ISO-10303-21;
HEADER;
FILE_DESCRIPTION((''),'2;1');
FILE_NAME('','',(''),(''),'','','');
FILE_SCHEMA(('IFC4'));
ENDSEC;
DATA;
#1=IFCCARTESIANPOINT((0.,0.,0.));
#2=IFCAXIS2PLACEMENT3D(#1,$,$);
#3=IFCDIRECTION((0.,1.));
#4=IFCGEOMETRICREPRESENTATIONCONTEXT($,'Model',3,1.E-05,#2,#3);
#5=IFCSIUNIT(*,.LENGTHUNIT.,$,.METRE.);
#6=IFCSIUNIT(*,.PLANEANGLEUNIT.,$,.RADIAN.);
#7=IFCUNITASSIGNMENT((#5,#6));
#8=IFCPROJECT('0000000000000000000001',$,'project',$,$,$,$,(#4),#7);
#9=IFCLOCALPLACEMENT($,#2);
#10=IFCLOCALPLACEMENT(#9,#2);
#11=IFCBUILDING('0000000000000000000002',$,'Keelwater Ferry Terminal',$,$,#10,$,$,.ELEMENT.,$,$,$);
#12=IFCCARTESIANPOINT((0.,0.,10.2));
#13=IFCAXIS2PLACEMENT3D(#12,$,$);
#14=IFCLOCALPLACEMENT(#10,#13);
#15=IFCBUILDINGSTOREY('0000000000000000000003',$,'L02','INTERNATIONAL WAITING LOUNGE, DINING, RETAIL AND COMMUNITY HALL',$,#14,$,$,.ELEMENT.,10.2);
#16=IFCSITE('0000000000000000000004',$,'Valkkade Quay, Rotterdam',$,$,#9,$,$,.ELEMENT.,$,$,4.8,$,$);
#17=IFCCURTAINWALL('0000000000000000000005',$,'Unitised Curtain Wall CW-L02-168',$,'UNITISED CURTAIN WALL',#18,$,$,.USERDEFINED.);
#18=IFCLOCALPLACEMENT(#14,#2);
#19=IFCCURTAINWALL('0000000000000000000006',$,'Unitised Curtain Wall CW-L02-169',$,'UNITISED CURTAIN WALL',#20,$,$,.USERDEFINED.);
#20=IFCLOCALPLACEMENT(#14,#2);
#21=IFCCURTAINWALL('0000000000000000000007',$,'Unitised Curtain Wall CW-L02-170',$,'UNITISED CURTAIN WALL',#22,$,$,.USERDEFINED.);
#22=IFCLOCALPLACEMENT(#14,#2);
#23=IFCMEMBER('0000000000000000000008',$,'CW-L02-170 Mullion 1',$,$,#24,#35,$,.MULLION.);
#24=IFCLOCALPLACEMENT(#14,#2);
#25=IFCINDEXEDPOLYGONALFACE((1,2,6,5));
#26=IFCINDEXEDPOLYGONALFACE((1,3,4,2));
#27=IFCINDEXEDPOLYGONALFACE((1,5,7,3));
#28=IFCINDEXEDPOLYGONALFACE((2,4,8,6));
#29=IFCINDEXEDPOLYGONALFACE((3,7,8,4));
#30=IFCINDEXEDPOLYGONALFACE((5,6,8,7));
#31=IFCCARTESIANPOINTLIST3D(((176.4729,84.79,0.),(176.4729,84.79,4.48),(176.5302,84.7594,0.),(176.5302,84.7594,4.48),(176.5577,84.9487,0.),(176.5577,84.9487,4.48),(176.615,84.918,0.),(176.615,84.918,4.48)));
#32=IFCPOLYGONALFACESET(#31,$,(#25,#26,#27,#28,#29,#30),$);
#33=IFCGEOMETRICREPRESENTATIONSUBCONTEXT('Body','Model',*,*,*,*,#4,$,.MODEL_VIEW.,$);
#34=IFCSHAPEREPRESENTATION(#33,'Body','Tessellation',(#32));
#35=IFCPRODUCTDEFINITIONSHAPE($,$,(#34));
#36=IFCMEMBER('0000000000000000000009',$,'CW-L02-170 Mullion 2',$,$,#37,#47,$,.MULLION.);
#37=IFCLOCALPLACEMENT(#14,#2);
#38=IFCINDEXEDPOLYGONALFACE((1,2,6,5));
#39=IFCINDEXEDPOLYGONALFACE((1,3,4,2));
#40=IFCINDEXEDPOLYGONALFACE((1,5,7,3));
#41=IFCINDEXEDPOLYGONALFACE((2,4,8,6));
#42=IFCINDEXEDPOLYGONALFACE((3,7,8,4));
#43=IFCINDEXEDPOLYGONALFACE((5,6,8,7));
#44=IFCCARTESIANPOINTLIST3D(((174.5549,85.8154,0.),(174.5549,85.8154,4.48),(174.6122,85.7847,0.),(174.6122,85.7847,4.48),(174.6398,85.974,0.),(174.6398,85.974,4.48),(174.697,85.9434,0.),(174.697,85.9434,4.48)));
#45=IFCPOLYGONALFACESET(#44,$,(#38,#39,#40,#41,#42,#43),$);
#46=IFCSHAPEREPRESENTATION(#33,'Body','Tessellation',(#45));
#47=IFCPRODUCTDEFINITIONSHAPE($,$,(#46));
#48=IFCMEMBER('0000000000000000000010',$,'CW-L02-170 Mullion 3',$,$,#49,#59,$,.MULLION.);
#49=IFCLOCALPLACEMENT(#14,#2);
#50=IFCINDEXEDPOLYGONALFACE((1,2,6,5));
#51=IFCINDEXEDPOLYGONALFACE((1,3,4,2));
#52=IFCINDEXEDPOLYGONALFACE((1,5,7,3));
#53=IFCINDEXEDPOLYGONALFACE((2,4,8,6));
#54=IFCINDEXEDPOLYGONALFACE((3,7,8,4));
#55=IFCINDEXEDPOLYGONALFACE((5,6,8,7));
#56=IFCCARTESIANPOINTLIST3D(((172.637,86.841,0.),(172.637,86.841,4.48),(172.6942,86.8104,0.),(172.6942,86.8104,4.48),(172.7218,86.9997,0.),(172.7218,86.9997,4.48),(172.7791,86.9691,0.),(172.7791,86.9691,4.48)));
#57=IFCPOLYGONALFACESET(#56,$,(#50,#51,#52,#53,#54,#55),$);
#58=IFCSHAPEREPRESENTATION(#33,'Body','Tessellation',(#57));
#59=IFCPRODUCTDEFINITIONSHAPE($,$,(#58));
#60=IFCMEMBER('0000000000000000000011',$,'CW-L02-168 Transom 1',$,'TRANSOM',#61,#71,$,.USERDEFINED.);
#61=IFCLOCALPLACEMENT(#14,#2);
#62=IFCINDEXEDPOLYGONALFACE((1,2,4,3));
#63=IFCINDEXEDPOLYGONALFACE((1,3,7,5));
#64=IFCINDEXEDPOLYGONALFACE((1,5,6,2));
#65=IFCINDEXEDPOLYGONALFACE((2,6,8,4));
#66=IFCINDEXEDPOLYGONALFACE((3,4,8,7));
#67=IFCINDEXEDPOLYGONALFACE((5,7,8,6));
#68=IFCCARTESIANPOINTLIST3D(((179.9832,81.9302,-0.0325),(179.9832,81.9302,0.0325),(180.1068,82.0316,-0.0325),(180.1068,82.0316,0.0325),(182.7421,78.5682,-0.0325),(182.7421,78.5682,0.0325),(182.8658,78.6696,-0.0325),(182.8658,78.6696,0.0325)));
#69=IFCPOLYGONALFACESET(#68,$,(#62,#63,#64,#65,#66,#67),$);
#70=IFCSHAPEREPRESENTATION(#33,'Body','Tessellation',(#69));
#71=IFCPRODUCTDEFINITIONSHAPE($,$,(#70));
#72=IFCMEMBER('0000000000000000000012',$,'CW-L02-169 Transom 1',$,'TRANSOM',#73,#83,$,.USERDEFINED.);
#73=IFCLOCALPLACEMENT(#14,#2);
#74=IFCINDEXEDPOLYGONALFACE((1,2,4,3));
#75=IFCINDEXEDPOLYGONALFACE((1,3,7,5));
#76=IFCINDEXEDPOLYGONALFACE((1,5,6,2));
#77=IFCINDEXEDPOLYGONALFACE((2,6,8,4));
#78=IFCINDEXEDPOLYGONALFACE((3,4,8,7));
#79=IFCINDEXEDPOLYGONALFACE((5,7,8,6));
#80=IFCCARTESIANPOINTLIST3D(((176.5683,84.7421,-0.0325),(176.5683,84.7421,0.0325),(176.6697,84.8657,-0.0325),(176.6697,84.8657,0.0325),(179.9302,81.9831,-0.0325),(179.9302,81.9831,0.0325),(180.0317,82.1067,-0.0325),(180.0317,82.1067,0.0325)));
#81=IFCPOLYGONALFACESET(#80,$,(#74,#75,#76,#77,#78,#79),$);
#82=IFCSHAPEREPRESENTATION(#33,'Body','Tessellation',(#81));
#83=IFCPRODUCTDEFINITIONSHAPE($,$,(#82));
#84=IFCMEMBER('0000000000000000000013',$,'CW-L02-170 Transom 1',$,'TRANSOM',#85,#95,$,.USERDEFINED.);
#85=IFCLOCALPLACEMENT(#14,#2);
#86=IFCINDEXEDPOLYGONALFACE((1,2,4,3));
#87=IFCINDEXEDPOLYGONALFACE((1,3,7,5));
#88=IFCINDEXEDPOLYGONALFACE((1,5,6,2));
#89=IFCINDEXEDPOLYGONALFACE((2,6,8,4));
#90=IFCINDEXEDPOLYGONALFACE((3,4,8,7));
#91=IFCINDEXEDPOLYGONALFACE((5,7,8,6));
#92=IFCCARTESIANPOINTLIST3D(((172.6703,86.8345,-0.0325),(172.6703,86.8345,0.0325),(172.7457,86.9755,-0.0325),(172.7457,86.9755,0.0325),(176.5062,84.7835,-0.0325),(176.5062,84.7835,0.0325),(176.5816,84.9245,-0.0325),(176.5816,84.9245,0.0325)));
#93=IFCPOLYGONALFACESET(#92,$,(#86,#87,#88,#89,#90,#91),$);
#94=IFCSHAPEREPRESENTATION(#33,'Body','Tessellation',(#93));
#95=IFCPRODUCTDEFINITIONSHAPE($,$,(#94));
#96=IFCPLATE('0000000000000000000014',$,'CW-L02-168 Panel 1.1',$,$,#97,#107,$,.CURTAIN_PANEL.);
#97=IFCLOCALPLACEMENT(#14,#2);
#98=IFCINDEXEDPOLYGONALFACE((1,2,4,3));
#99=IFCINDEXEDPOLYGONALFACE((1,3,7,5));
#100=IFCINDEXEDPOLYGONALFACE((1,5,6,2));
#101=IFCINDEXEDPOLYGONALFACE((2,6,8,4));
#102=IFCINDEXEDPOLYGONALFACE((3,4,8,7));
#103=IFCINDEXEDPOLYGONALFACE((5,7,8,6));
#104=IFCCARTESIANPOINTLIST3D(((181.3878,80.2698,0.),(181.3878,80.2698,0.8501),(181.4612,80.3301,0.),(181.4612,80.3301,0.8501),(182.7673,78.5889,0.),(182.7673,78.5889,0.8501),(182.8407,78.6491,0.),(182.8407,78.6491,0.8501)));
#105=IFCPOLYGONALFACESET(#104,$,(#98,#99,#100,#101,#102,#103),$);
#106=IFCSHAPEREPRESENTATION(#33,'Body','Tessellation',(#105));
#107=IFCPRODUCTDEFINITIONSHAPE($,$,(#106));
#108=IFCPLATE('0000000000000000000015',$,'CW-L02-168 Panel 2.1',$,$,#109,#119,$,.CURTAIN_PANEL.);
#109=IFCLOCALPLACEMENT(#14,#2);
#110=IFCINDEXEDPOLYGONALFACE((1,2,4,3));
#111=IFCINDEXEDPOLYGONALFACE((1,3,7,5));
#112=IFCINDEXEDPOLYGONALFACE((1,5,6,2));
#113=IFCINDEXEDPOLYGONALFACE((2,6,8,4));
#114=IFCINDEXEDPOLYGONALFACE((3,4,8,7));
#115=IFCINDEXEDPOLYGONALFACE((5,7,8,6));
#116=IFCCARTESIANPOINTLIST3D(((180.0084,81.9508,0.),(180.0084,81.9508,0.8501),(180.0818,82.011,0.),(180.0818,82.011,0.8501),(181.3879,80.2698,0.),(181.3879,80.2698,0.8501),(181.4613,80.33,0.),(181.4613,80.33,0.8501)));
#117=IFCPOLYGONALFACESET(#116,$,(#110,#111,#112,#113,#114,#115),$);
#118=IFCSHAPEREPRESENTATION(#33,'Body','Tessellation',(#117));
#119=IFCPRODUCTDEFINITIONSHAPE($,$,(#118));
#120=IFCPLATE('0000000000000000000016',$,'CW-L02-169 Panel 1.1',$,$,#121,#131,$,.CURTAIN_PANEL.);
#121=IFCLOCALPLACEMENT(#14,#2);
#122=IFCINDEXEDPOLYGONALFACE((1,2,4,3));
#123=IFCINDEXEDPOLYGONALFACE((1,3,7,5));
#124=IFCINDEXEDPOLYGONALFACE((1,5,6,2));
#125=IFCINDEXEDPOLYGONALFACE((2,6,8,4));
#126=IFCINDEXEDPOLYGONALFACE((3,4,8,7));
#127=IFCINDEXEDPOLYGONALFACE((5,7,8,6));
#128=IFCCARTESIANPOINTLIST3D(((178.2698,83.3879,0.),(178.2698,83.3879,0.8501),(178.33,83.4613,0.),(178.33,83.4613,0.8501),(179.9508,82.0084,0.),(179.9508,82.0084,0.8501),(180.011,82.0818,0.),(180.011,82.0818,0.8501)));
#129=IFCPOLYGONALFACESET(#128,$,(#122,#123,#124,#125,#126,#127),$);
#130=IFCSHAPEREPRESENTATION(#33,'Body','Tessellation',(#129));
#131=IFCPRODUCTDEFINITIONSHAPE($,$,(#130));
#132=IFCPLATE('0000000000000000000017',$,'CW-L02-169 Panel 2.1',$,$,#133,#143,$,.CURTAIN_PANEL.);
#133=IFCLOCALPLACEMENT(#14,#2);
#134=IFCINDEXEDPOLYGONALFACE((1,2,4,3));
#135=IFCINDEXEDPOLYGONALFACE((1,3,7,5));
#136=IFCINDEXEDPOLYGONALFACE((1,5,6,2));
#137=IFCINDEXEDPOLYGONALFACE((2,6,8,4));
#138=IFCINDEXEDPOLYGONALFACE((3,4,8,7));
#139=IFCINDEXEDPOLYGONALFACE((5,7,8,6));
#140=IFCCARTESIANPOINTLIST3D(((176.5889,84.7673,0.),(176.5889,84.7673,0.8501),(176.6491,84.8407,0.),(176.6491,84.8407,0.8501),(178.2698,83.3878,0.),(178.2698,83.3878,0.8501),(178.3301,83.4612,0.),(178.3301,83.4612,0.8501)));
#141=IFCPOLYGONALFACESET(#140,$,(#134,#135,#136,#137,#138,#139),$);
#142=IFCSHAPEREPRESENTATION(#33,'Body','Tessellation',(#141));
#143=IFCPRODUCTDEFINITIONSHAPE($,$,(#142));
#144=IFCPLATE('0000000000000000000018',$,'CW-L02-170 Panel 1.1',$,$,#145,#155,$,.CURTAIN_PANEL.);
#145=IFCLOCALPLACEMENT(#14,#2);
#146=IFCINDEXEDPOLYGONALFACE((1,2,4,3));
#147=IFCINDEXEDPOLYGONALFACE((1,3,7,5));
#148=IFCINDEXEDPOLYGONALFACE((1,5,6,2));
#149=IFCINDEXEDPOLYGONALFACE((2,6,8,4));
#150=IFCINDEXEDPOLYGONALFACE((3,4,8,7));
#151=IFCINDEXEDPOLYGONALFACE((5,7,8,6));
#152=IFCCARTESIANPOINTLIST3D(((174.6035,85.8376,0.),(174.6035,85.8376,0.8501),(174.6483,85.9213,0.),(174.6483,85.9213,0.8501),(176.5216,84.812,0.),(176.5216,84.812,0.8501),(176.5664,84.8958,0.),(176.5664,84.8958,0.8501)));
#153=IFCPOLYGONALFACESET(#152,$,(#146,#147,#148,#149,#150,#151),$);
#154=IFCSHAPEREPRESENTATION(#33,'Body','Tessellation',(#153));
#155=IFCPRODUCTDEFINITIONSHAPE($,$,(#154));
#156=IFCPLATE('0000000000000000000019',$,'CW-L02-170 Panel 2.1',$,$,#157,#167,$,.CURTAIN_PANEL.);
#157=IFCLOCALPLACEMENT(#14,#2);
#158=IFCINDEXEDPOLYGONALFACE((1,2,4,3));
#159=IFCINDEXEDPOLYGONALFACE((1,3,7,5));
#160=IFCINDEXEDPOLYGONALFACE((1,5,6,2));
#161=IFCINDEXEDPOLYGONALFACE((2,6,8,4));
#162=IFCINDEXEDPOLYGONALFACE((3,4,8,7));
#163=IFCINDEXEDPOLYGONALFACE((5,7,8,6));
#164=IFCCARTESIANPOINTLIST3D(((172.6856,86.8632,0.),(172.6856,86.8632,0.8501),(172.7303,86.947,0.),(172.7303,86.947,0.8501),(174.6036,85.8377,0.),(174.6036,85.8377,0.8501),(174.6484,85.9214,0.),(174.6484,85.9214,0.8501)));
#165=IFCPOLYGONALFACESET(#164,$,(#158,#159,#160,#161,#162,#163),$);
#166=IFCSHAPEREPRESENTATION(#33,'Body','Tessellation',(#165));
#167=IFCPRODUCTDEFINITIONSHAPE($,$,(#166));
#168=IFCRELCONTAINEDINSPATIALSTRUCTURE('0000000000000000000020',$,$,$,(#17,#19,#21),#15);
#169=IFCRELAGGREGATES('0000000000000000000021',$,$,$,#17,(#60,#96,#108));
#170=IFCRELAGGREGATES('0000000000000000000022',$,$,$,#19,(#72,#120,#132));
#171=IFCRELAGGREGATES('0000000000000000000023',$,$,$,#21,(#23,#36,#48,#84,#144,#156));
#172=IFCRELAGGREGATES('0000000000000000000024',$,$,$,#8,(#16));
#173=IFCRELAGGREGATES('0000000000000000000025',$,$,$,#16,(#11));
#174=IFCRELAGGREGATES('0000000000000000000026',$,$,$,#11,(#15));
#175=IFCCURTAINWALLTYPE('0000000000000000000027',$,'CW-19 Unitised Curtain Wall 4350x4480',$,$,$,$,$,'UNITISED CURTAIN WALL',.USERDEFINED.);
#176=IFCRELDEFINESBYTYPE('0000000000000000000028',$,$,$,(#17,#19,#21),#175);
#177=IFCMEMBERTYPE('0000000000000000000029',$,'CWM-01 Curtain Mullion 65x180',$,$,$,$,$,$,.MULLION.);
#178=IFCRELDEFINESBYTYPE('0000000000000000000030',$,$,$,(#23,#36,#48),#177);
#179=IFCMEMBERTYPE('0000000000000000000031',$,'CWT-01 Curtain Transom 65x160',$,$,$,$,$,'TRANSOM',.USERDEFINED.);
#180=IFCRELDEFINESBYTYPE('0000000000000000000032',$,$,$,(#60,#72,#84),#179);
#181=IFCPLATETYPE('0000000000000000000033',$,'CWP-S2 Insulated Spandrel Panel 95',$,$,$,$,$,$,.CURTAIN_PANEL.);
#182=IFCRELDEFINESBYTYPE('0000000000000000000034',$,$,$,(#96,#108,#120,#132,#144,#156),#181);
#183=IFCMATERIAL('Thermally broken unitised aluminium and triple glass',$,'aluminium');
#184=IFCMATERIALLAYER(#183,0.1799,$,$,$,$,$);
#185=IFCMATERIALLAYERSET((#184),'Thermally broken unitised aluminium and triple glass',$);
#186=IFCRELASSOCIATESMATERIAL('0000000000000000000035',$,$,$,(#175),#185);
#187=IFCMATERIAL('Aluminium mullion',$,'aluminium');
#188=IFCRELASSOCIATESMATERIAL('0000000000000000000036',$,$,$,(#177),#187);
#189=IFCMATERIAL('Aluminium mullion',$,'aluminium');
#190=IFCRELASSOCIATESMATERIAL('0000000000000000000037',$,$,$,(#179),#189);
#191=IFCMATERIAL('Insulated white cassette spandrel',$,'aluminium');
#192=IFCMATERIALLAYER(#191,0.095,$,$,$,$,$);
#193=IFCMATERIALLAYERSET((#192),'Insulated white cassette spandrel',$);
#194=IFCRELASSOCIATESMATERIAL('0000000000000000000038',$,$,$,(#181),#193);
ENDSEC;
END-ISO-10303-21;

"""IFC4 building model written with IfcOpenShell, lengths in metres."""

from ifc_helpers import new_model, si_unit, direction, frame, origin, origin_2d, place, context, subcontext, project, spatial, rectangle, extrude, material, layer, layer_set, material_profile, profile_set, type_object, element, aggregate, save


model = new_model("IFC4")

# Units and contexts
model_context = context("Model", 3, precision=1e-05, world=origin(), true_north=direction((0.0, 1.0)))
body_context = subcontext(model_context, "Body", "Model", "MODEL_VIEW")
ifc_project = project(units=[si_unit("LENGTHUNIT", "METRE"), si_unit("PLANEANGLEUNIT", "RADIAN")], contexts=[model_context])

# Site, building, storey
site_placement = place(None, origin())
site = spatial("IfcSite", under=ifc_project, at=site_placement, Name="Valkkade Quay, Rotterdam", CompositionType="ELEMENT", RefElevation=4.8)
building_placement = place(site_placement, origin())
building = spatial("IfcBuilding", under=site, at=building_placement, Name="Keelwater Ferry Terminal", CompositionType="ELEMENT")
storey_placement = place(building_placement, frame((0.0, 0.0, 10.2)))
storey = spatial("IfcBuildingStorey", under=building, at=storey_placement, Name="L02", Description="INTERNATIONAL WAITING LOUNGE, DINING, RETAIL AND COMMUNITY HALL", CompositionType="ELEMENT", Elevation=10.2)

# Shared definitions
ifc_material_1 = material(Name="Thermally broken unitised aluminium and triple glass", Category="aluminium")
ifc_layer_1 = layer(ifc_material_1, 0.1799)
ifc_layer_set_1 = layer_set([ifc_layer_1], Name="Thermally broken unitised aluminium and triple glass")
curtain_wall_type = type_object("IfcCurtainWallType", Name="CW-19 Unitised Curtain Wall 4350x4480", ElementType="UNITISED CURTAIN WALL", PredefinedType="USERDEFINED", material=ifc_layer_set_1)
ifc_material_2 = material(Name="Aluminium mullion", Category="aluminium")
ifc_material_profile_1 = material_profile(ifc_material_2, rectangle(XDim=0.0649, YDim=0.1799, at=origin_2d()), Name="CWM-01")
ifc_profile_set_1 = profile_set([ifc_material_profile_1], Name="Aluminium mullion")
member_type_1 = type_object("IfcMemberType", Name="CWM-01 Curtain Mullion 65x180", PredefinedType="MULLION", material=ifc_profile_set_1)

# Curtain walls, members
curtain_wall_1_placement = place(storey_placement, origin())
curtain_wall_1 = element("IfcCurtainWall", 1, at=curtain_wall_1_placement, inside=storey, type_object=curtain_wall_type, Name="Unitised Curtain Wall CW-L02-168", ObjectType="UNITISED CURTAIN WALL", PredefinedType="USERDEFINED")
curtain_wall_2_placement = place(storey_placement, origin())
curtain_wall_2 = element("IfcCurtainWall", 2, at=curtain_wall_2_placement, inside=storey, type_object=curtain_wall_type, Name="Unitised Curtain Wall CW-L02-169", ObjectType="UNITISED CURTAIN WALL", PredefinedType="USERDEFINED")
curtain_wall_3_placement = place(storey_placement, origin())
curtain_wall_3 = element("IfcCurtainWall", 3, at=curtain_wall_3_placement, inside=storey, type_object=curtain_wall_type, Name="Unitised Curtain Wall CW-L02-170", ObjectType="UNITISED CURTAIN WALL", PredefinedType="USERDEFINED")
member_1_placement = place(storey_placement, frame((176.5439, 84.854, 0.0), z_axis=(0.0, 0.0, 1.0), x_axis=(-0.881862, 0.471507, 0.0)))
member_1 = element("IfcMember", 4, at=member_1_placement, type_object=member_type_1, Name="CW-L02-170 Mullion 1", PredefinedType="MULLION", context=body_context, shape_type="SweptSolid", body=[
    extrude(rectangle(XDim=0.0649, YDim=0.1799, at=origin_2d()), origin(), (0.0, 0.0, 1.0), 4.48),
])
member_2_placement = place(storey_placement, frame((174.626, 85.8794, 0.0), z_axis=(0.0, 0.0, 1.0), x_axis=(-0.881862, 0.471507, 0.0)))
member_2 = element("IfcMember", 5, at=member_2_placement, type_object=member_type_1, Name="CW-L02-170 Mullion 2", PredefinedType="MULLION", context=body_context, shape_type="SweptSolid", body=[
    extrude(rectangle(XDim=0.0649, YDim=0.1799, at=origin_2d()), origin(), (0.0, 0.0, 1.0), 4.48),
])
member_3_placement = place(storey_placement, frame((172.708, 86.905, 0.0), z_axis=(0.0, 0.0, 1.0), x_axis=(-0.881862, 0.471507, 0.0)))
member_3 = element("IfcMember", 6, at=member_3_placement, type_object=member_type_1, Name="CW-L02-170 Mullion 3", PredefinedType="MULLION", context=body_context, shape_type="SweptSolid", body=[
    extrude(rectangle(XDim=0.0649, YDim=0.1799, at=origin_2d()), origin(), (0.0, 0.0, 1.0), 4.48),
])

# Members
ifc_material_3 = material(Name="Aluminium mullion", Category="aluminium")
ifc_material_profile_2 = material_profile(ifc_material_3, rectangle(XDim=0.1599, YDim=0.0649, at=origin_2d()), Name="CWT-01")
ifc_profile_set_2 = profile_set([ifc_material_profile_2], Name="Aluminium mullion")
member_type_2 = type_object("IfcMemberType", Name="CWT-01 Curtain Transom 65x160", ElementType="TRANSOM", PredefinedType="USERDEFINED", material=ifc_profile_set_2)
member_4_placement = place(storey_placement, frame((182.804, 78.6189, 0.0), z_axis=(-0.634374, 0.773026, 0.0), x_axis=(-0.773026, -0.634374, 0.0)))
member_4 = element("IfcMember", 7, at=member_4_placement, type_object=member_type_2, Name="CW-L02-168 Transom 1", ObjectType="TRANSOM", PredefinedType="USERDEFINED", context=body_context, shape_type="SweptSolid", body=[
    extrude(rectangle(XDim=0.1599, YDim=0.0649, at=origin_2d()), origin(), (0.0, 0.0, 1.0), 4.3491),
])
member_5_placement = place(storey_placement, frame((179.981, 82.0449, 0.0), z_axis=(-0.773026, 0.634374, 0.0), x_axis=(-0.634374, -0.773026, 0.0)))
member_5 = element("IfcMember", 8, at=member_5_placement, type_object=member_type_2, Name="CW-L02-169 Transom 1", ObjectType="TRANSOM", PredefinedType="USERDEFINED", context=body_context, shape_type="SweptSolid", body=[
    extrude(rectangle(XDim=0.1599, YDim=0.0649, at=origin_2d()), origin(), (0.0, 0.0, 1.0), 4.3491),
])
member_6_placement = place(storey_placement, frame((176.5439, 84.854, 0.0), z_axis=(-0.881857, 0.471517, 0.0), x_axis=(-0.471517, -0.881857, 0.0)))
member_6 = element("IfcMember", 9, at=member_6_placement, type_object=member_type_2, Name="CW-L02-170 Transom 1", ObjectType="TRANSOM", PredefinedType="USERDEFINED", context=body_context, shape_type="SweptSolid", body=[
    extrude(rectangle(XDim=0.1599, YDim=0.0649, at=origin_2d()), origin(), (0.0, 0.0, 1.0), 4.3499),
])

# Plates
ifc_material_4 = material(Name="Insulated white cassette spandrel", Category="aluminium")
ifc_layer_2 = layer(ifc_material_4, 0.095)
ifc_layer_set_2 = layer_set([ifc_layer_2], Name="Insulated white cassette spandrel")
plate_type = type_object("IfcPlateType", Name="CWP-S2 Insulated Spandrel Panel 95", PredefinedType="CURTAIN_PANEL", material=ifc_layer_set_2)
plate_1_placement = place(storey_placement, frame((182.1143, 79.4595, 0.0), z_axis=(0.0, 0.0, 1.0), x_axis=(-0.634377, 0.773024, 0.0)))
plate_1 = element("IfcPlate", 10, at=plate_1_placement, type_object=plate_type, Name="CW-L02-168 Panel 1.1", PredefinedType="CURTAIN_PANEL", context=body_context, shape_type="SweptSolid", body=[
    extrude(rectangle(XDim=2.1746, YDim=0.095, at=origin_2d()), origin(), (0.0, 0.0, 1.0), 0.8501),
])
plate_2_placement = place(storey_placement, frame((180.7349, 81.1404, 0.0), z_axis=(0.0, 0.0, 1.0), x_axis=(-0.634377, 0.773024, 0.0)))
plate_2 = element("IfcPlate", 11, at=plate_2_placement, type_object=plate_type, Name="CW-L02-168 Panel 2.1", PredefinedType="CURTAIN_PANEL", context=body_context, shape_type="SweptSolid", body=[
    extrude(rectangle(XDim=2.1746, YDim=0.095, at=origin_2d()), origin(), (0.0, 0.0, 1.0), 0.8501),
])
aggregate(curtain_wall_1, [member_4, plate_1, plate_2])
plate_3_placement = place(storey_placement, frame((179.1404, 82.7349, 0.0), z_axis=(0.0, 0.0, 1.0), x_axis=(-0.773024, 0.634377, 0.0)))
plate_3 = element("IfcPlate", 12, at=plate_3_placement, type_object=plate_type, Name="CW-L02-169 Panel 1.1", PredefinedType="CURTAIN_PANEL", context=body_context, shape_type="SweptSolid", body=[
    extrude(rectangle(XDim=2.1746, YDim=0.095, at=origin_2d()), origin(), (0.0, 0.0, 1.0), 0.8501),
])
plate_4_placement = place(storey_placement, frame((177.4595, 84.1143, 0.0), z_axis=(0.0, 0.0, 1.0), x_axis=(-0.773024, 0.634377, 0.0)))
plate_4 = element("IfcPlate", 13, at=plate_4_placement, type_object=plate_type, Name="CW-L02-169 Panel 2.1", PredefinedType="CURTAIN_PANEL", context=body_context, shape_type="SweptSolid", body=[
    extrude(rectangle(XDim=2.1746, YDim=0.095, at=origin_2d()), origin(), (0.0, 0.0, 1.0), 0.8501),
])
aggregate(curtain_wall_2, [member_5, plate_3, plate_4])
plate_5_placement = place(storey_placement, frame((175.585, 85.3667, 0.0), z_axis=(0.0, 0.0, 1.0), x_axis=(-0.881862, 0.471507, 0.0)))
plate_5 = element("IfcPlate", 14, at=plate_5_placement, type_object=plate_type, Name="CW-L02-170 Panel 1.1", PredefinedType="CURTAIN_PANEL", context=body_context, shape_type="SweptSolid", body=[
    extrude(rectangle(XDim=2.175, YDim=0.095, at=origin_2d()), origin(), (0.0, 0.0, 1.0), 0.8501),
])
plate_6_placement = place(storey_placement, frame((173.667, 86.3923, 0.0), z_axis=(0.0, 0.0, 1.0), x_axis=(-0.881862, 0.471507, 0.0)))
plate_6 = element("IfcPlate", 15, at=plate_6_placement, type_object=plate_type, Name="CW-L02-170 Panel 2.1", PredefinedType="CURTAIN_PANEL", context=body_context, shape_type="SweptSolid", body=[
    extrude(rectangle(XDim=2.175, YDim=0.095, at=origin_2d()), origin(), (0.0, 0.0, 1.0), 0.8501),
])
aggregate(curtain_wall_3, [member_1, member_2, member_3, member_6, plate_5, plate_6])

save(model, "model.ifc")
